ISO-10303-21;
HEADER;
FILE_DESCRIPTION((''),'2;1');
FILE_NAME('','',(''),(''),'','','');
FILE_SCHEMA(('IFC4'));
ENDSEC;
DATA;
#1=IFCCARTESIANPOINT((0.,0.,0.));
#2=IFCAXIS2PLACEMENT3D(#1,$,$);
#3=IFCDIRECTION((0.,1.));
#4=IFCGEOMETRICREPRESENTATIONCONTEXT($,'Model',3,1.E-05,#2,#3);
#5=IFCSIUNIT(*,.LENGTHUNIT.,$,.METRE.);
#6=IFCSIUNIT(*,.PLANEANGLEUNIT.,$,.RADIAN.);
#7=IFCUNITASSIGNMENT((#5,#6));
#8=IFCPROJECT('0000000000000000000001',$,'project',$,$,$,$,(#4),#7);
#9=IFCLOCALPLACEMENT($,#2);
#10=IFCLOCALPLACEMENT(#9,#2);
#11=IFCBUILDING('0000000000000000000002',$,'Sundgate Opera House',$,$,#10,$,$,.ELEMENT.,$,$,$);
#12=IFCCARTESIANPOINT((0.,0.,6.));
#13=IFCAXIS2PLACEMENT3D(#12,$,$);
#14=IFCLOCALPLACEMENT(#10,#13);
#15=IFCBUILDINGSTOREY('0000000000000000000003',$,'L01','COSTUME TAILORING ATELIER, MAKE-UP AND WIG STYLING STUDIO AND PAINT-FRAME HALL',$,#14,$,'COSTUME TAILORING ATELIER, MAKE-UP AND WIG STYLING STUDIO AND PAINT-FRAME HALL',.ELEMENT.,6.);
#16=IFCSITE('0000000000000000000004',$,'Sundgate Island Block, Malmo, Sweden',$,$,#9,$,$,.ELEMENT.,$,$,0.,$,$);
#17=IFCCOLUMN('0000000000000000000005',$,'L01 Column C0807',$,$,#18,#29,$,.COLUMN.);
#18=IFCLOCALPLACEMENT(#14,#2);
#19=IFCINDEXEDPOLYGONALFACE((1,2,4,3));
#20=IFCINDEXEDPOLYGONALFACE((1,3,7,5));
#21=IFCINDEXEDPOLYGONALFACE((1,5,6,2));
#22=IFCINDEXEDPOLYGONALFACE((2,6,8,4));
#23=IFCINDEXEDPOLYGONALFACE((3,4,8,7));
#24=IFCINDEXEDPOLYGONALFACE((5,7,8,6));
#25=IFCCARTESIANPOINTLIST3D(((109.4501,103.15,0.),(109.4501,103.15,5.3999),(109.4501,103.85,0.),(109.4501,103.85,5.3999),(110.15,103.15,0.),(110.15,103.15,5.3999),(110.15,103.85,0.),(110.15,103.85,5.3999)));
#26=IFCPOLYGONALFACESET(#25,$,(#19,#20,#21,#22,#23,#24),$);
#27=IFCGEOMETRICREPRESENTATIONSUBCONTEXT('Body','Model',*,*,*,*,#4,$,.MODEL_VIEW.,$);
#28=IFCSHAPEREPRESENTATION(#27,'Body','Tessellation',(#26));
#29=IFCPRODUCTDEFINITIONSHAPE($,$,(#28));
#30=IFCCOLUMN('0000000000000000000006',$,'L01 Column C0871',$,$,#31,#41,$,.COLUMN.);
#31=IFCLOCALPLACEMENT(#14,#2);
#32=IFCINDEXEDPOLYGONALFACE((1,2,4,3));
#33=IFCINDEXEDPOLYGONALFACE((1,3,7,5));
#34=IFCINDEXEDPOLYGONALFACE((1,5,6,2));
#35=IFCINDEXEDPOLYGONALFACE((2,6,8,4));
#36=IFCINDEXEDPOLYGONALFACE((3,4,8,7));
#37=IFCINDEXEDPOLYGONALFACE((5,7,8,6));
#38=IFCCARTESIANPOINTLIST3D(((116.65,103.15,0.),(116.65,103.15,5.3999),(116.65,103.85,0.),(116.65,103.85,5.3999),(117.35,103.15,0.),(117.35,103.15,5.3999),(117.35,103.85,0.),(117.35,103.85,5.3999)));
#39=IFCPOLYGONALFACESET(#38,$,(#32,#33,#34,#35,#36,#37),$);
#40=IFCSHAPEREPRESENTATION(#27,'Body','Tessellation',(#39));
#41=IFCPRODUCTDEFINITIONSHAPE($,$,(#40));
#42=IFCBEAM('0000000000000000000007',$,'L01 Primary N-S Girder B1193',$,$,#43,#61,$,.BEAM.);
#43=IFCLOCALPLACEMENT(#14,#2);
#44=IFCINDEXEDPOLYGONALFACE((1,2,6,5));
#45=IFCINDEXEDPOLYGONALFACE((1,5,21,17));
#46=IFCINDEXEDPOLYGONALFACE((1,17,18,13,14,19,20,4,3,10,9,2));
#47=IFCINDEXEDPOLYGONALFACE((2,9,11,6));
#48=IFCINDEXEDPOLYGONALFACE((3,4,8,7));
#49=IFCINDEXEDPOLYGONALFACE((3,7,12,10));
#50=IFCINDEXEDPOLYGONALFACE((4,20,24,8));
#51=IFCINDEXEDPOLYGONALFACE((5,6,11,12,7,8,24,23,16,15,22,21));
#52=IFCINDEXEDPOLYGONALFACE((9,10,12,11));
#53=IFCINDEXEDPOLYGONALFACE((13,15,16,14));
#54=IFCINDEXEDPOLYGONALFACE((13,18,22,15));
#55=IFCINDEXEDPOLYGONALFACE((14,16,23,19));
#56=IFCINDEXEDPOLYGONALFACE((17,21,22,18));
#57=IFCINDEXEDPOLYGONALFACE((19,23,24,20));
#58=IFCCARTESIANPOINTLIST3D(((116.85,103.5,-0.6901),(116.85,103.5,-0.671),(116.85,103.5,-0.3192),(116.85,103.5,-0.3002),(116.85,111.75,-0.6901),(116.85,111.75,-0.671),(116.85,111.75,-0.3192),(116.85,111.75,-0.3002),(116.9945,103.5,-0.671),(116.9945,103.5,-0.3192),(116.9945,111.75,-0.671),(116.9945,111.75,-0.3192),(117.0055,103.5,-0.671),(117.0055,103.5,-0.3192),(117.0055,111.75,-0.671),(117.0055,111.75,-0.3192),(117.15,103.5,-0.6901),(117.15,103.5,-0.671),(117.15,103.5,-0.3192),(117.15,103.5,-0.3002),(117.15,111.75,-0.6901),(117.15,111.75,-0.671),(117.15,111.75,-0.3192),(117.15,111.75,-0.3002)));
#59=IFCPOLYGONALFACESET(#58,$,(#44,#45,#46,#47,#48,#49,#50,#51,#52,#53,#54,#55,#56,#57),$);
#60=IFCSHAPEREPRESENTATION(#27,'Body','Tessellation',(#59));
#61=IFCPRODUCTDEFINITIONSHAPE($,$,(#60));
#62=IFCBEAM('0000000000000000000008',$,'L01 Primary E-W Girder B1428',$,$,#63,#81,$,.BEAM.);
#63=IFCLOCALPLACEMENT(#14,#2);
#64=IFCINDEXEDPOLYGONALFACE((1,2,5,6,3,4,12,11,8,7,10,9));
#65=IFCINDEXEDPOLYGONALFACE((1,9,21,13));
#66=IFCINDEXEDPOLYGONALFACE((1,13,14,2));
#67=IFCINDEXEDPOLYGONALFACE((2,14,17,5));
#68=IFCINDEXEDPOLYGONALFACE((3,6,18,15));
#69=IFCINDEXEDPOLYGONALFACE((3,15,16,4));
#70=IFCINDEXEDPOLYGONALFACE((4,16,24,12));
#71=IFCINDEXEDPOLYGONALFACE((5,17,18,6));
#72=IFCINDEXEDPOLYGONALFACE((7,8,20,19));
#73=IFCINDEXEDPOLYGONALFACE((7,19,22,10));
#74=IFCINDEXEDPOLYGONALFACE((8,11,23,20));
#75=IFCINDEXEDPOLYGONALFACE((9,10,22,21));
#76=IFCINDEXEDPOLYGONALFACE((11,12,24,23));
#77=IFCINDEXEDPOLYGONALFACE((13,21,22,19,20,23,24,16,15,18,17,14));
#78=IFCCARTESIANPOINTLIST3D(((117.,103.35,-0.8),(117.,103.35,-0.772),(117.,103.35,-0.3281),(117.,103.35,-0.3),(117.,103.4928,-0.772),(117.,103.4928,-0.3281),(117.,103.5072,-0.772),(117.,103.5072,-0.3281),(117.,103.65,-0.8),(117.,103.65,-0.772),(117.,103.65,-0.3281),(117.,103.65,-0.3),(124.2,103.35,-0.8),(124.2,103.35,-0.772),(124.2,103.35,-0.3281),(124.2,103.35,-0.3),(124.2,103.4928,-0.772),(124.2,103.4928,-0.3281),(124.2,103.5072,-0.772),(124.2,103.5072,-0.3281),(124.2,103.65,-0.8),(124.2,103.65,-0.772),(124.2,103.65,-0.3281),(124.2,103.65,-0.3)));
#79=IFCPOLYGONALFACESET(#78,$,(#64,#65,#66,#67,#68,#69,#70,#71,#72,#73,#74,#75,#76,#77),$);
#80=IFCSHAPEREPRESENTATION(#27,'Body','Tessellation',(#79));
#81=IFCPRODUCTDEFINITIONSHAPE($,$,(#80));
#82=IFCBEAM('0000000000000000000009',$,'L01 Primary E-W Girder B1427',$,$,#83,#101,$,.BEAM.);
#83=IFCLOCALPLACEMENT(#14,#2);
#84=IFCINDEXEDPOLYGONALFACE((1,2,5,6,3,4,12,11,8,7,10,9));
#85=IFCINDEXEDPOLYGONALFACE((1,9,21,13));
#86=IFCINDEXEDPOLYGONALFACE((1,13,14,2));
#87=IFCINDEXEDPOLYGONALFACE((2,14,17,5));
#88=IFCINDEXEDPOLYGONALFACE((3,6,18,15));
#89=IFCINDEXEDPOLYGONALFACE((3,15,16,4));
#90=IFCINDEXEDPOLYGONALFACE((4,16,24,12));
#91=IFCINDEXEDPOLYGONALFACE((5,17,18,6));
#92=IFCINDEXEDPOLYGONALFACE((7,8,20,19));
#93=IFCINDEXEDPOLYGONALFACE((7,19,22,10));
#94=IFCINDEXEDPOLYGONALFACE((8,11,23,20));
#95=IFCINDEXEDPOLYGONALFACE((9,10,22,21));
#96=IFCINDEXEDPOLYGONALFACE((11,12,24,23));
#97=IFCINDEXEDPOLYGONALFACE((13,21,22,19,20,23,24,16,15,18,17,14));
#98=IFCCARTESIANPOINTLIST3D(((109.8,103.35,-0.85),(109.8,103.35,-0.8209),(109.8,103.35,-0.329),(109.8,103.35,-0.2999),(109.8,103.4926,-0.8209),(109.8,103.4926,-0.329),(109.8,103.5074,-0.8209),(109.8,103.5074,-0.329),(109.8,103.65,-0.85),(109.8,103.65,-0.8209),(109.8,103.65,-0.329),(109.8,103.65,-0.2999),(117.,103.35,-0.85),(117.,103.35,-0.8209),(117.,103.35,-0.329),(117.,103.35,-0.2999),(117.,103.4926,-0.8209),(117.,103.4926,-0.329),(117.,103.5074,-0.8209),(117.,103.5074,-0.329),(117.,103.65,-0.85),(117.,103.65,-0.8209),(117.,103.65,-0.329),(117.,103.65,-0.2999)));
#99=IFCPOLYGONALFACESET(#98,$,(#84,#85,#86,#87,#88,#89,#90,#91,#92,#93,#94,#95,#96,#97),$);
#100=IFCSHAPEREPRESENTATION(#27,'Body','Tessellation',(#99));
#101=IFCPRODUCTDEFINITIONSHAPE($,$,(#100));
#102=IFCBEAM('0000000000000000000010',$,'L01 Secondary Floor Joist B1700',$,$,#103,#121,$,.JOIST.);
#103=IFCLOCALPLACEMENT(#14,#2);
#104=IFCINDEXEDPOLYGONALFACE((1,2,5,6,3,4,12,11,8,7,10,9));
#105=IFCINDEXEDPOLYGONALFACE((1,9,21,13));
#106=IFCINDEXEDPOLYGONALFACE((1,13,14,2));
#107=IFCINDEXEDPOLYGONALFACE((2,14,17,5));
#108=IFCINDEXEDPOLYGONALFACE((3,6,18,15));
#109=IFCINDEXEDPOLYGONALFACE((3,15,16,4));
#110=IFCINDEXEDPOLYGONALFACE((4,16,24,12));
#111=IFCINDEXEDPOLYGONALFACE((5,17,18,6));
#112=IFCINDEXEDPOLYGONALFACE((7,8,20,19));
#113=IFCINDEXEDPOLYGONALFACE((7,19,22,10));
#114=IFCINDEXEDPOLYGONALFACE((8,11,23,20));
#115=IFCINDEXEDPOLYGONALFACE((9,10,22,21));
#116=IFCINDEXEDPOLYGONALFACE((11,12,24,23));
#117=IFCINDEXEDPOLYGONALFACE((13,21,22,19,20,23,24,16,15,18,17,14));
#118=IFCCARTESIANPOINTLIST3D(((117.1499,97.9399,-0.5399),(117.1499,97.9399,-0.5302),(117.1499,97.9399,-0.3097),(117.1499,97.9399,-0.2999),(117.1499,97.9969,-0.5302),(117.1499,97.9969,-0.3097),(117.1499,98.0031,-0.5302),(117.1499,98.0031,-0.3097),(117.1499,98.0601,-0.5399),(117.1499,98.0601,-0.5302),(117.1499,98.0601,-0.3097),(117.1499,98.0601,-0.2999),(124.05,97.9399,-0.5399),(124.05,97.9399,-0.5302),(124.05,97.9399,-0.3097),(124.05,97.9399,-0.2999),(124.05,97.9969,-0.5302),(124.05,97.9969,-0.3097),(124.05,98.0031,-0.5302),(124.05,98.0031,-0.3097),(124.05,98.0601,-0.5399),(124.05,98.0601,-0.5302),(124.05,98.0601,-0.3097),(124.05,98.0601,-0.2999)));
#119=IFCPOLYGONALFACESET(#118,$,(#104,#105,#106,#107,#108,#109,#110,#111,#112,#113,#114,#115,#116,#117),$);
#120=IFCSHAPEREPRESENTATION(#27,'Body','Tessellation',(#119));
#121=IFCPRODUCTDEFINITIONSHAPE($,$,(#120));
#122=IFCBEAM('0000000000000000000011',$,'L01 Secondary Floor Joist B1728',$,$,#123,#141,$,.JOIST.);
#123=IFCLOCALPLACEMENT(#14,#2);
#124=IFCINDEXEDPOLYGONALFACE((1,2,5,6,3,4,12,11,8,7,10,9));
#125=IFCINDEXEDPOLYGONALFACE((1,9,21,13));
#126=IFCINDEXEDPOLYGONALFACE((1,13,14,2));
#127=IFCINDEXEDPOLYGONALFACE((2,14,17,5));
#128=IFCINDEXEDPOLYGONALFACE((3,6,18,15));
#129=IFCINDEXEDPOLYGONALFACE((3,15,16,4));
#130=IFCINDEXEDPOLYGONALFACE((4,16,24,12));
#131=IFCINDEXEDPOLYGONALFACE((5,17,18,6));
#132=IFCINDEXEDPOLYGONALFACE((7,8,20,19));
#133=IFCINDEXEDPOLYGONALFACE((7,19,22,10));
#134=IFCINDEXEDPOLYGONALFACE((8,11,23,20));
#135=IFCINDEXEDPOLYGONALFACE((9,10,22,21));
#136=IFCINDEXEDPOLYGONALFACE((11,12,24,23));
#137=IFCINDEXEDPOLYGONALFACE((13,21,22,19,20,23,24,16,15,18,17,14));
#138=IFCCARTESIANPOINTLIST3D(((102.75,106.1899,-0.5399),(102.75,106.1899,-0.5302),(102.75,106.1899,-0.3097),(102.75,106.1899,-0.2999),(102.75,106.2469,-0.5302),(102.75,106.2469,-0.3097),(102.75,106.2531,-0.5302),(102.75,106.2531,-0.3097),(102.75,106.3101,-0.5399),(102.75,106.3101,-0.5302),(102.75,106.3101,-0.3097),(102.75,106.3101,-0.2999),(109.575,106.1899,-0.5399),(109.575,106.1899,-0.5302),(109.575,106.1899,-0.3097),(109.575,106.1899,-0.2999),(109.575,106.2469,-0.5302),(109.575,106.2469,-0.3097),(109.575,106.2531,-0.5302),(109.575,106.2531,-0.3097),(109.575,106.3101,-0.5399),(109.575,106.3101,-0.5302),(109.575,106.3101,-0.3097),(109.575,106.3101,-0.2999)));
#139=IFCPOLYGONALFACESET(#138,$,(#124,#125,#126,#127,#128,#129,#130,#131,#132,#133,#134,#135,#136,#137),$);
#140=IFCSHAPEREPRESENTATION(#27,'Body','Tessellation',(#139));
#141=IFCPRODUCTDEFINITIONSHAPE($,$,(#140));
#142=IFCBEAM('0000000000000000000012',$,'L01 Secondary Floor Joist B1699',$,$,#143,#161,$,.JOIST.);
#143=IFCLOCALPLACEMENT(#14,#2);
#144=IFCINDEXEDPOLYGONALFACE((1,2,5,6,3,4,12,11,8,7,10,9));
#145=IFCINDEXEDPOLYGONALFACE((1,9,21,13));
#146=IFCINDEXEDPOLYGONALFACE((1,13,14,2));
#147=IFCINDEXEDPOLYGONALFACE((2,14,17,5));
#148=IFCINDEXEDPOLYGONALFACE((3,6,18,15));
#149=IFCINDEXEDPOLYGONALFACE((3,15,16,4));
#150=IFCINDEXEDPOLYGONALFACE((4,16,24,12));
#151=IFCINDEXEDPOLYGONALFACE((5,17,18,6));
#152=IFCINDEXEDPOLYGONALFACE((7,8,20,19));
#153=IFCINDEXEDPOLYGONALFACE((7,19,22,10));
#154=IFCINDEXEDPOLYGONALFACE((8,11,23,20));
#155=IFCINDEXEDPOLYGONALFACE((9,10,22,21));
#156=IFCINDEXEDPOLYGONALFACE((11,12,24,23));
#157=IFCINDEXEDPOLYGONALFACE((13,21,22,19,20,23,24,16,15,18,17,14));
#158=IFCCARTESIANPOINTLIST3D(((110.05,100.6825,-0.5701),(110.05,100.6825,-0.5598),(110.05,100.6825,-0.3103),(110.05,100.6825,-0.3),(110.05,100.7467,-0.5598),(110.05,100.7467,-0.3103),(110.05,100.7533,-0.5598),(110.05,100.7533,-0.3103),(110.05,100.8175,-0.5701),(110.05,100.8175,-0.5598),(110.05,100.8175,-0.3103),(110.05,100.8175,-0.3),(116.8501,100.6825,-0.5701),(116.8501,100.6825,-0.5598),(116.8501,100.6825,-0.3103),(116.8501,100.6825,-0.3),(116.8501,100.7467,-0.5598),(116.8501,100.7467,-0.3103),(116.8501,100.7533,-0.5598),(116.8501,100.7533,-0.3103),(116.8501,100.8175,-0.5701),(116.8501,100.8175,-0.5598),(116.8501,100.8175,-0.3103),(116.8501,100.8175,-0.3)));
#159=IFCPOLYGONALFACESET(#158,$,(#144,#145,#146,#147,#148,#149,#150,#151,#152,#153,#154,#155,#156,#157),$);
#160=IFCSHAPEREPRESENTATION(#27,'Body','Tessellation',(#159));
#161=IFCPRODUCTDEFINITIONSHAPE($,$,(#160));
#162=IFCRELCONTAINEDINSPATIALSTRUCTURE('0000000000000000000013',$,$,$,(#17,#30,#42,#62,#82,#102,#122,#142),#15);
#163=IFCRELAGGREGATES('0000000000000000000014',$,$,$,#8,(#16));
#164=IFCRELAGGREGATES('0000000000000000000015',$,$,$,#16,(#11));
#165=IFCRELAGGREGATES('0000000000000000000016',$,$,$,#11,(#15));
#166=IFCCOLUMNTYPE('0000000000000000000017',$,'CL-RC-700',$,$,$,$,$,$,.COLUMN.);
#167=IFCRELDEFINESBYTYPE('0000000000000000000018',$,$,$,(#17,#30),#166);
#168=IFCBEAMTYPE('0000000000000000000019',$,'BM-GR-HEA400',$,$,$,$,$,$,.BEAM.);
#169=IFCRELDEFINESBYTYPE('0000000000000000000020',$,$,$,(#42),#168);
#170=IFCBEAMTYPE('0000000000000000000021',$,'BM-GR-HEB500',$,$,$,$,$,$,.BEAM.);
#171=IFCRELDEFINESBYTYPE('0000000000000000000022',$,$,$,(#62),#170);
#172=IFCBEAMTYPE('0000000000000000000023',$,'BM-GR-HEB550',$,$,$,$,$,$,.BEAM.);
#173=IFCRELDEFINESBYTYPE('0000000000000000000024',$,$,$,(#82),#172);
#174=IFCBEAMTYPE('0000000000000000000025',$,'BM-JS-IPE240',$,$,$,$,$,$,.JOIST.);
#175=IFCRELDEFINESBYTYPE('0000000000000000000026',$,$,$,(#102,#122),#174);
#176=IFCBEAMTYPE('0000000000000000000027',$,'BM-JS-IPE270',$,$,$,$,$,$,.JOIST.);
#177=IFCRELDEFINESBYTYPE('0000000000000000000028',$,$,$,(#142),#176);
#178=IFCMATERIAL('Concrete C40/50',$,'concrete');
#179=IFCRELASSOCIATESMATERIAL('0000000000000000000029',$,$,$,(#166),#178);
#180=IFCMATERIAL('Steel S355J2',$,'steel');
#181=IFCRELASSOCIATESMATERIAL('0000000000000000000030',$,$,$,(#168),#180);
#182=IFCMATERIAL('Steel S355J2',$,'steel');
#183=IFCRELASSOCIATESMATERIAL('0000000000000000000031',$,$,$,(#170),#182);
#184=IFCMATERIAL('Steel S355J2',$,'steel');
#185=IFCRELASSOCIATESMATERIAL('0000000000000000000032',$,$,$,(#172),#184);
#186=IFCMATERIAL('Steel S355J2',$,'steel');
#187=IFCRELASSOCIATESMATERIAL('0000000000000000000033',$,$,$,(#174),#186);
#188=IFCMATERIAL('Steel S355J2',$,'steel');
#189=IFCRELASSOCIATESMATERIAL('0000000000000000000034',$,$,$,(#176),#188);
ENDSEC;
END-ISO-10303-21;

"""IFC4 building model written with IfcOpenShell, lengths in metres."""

from ifc_helpers import new_model, si_unit, direction, frame, origin, origin_2d, place, context, subcontext, project, spatial, rectangle, i_section, extrude, material, material_profile, profile_set, type_object, element, save


model = new_model("IFC4")

# Units and contexts
model_context = context("Model", 3, precision=1e-05, world=origin(), true_north=direction((0.0, 1.0)))
body_context = subcontext(model_context, "Body", "Model", "MODEL_VIEW")
ifc_project = project(units=[si_unit("LENGTHUNIT", "METRE"), si_unit("PLANEANGLEUNIT", "RADIAN")], contexts=[model_context])

# Site, building, storey
site_placement = place(None, origin())
site = spatial("IfcSite", under=ifc_project, at=site_placement, Name="Sundgate Island Block, Malmo, Sweden", CompositionType="ELEMENT", RefElevation=0.0)
building_placement = place(site_placement, origin())
building = spatial("IfcBuilding", under=site, at=building_placement, Name="Sundgate Opera House", CompositionType="ELEMENT")
storey_placement = place(building_placement, frame((0.0, 0.0, 6.0)))
storey = spatial("IfcBuildingStorey", under=building, at=storey_placement, Name="L01", Description="COSTUME TAILORING ATELIER, MAKE-UP AND WIG STYLING STUDIO AND PAINT-FRAME HALL", LongName="COSTUME TAILORING ATELIER, MAKE-UP AND WIG STYLING STUDIO AND PAINT-FRAME HALL", CompositionType="ELEMENT", Elevation=6.0)

# Columns
ifc_material_1 = material(Name="Concrete C40/50", Category="concrete")
ifc_material_profile_1 = material_profile(ifc_material_1, rectangle(XDim=0.7, YDim=0.7, at=origin_2d()), Name="RC 700x700")
ifc_profile_set_1 = profile_set([ifc_material_profile_1], Name="Concrete C40/50")
column_type = type_object("IfcColumnType", Name="CL-RC-700", PredefinedType="COLUMN", material=ifc_profile_set_1)
for number, where, z_axis, x_axis, name in (
    (1, (109.8, 103.5, 0.0), (0.0, 0.0, 1.0), (1.0, 0.0, 0.0), "L01 Column C0807"),
    (2, (117.0, 103.5, 0.0), (0.0, 0.0, 1.0), (1.0, 0.0, 0.0), "L01 Column C0871"),
):
    element("IfcColumn", number, at=place(storey_placement, frame(where, z_axis=z_axis, x_axis=x_axis)), inside=storey, type_object=column_type, Name=name, PredefinedType="COLUMN", context=body_context, shape_type="SweptSolid", body=[
        extrude(rectangle(XDim=0.7, YDim=0.7, at=origin_2d()), origin(), (0.0, 0.0, 1.0), 5.3999),
    ])

# Beams
ifc_material_2 = material(Name="Steel S355J2", Category="steel")
ifc_material_profile_2 = material_profile(ifc_material_2, i_section(OverallWidth=0.3, OverallDepth=0.3899, WebThickness=0.011, FlangeThickness=0.019, at=origin_2d()), Name="HEA 400")
ifc_profile_set_2 = profile_set([ifc_material_profile_2], Name="Steel S355J2")
beam_type_1 = type_object("IfcBeamType", Name="BM-GR-HEA400", PredefinedType="BEAM", material=ifc_profile_set_2)
beam_1_placement = place(storey_placement, frame((117.0, 103.5, -0.4951), z_axis=(0.0, 1.0, 0.0), x_axis=(-1.0, 0.0, 0.0)))
element("IfcBeam", 3, at=beam_1_placement, inside=storey, type_object=beam_type_1, Name="L01 Primary N-S Girder B1193", PredefinedType="BEAM", context=body_context, shape_type="SweptSolid", body=[
    extrude(i_section(OverallWidth=0.3, OverallDepth=0.3899, WebThickness=0.011, FlangeThickness=0.019, at=origin_2d()), origin(), (0.0, 0.0, 1.0), 8.25),
])
ifc_material_3 = material(Name="Steel S355J2", Category="steel")
ifc_material_profile_3 = material_profile(ifc_material_3, i_section(OverallWidth=0.3, OverallDepth=0.5, WebThickness=0.0144, FlangeThickness=0.0281, at=origin_2d()), Name="HEB 500")
ifc_profile_set_3 = profile_set([ifc_material_profile_3], Name="Steel S355J2")
beam_type_2 = type_object("IfcBeamType", Name="BM-GR-HEB500", PredefinedType="BEAM", material=ifc_profile_set_3)
beam_2_placement = place(storey_placement, frame((117.0, 103.5, -0.55), z_axis=(1.0, 0.0, 0.0), x_axis=(0.0, 1.0, 0.0)))
element("IfcBeam", 4, at=beam_2_placement, inside=storey, type_object=beam_type_2, Name="L01 Primary E-W Girder B1428", PredefinedType="BEAM", context=body_context, shape_type="SweptSolid", body=[
    extrude(i_section(OverallWidth=0.3, OverallDepth=0.5, WebThickness=0.0144, FlangeThickness=0.0281, at=origin_2d()), origin(), (0.0, 0.0, 1.0), 7.2),
])
ifc_material_4 = material(Name="Steel S355J2", Category="steel")
ifc_material_profile_4 = material_profile(ifc_material_4, i_section(OverallWidth=0.3, OverallDepth=0.55, WebThickness=0.0149, FlangeThickness=0.0291, at=origin_2d()), Name="HEB 550")
ifc_profile_set_4 = profile_set([ifc_material_profile_4], Name="Steel S355J2")
beam_type_3 = type_object("IfcBeamType", Name="BM-GR-HEB550", PredefinedType="BEAM", material=ifc_profile_set_4)
beam_3_placement = place(storey_placement, frame((109.8, 103.5, -0.575), z_axis=(1.0, 0.0, 0.0), x_axis=(0.0, 1.0, 0.0)))
element("IfcBeam", 5, at=beam_3_placement, inside=storey, type_object=beam_type_3, Name="L01 Primary E-W Girder B1427", PredefinedType="BEAM", context=body_context, shape_type="SweptSolid", body=[
    extrude(i_section(OverallWidth=0.3, OverallDepth=0.55, WebThickness=0.0149, FlangeThickness=0.0291, at=origin_2d()), origin(), (0.0, 0.0, 1.0), 7.2),
])
ifc_material_5 = material(Name="Steel S355J2", Category="steel")
ifc_material_profile_5 = material_profile(ifc_material_5, i_section(OverallWidth=0.1201, OverallDepth=0.24, WebThickness=0.0061, FlangeThickness=0.0098, at=origin_2d()), Name="IPE 240")
ifc_profile_set_5 = profile_set([ifc_material_profile_5], Name="Steel S355J2")
beam_type_4 = type_object("IfcBeamType", Name="BM-JS-IPE240", PredefinedType="JOIST", material=ifc_profile_set_5)
beam_4_placement = place(storey_placement, frame((117.1499, 98.0, -0.4199), z_axis=(1.0, 0.0, 0.0), x_axis=(0.0, 1.0, 0.0)))
element("IfcBeam", 6, at=beam_4_placement, inside=storey, type_object=beam_type_4, Name="L01 Secondary Floor Joist B1700", PredefinedType="JOIST", context=body_context, shape_type="SweptSolid", body=[
    extrude(i_section(OverallWidth=0.1201, OverallDepth=0.24, WebThickness=0.0061, FlangeThickness=0.0098, at=origin_2d()), origin(), (0.0, 0.0, 1.0), 6.9001),
])
beam_5_placement = place(storey_placement, frame((102.75, 106.25, -0.4199), z_axis=(1.0, 0.0, 0.0), x_axis=(0.0, 1.0, 0.0)))
element("IfcBeam", 7, at=beam_5_placement, inside=storey, type_object=beam_type_4, Name="L01 Secondary Floor Joist B1728", PredefinedType="JOIST", context=body_context, shape_type="SweptSolid", body=[
    extrude(i_section(OverallWidth=0.1201, OverallDepth=0.24, WebThickness=0.0061, FlangeThickness=0.0098, at=origin_2d()), origin(), (0.0, 0.0, 1.0), 6.825),
])
ifc_material_6 = material(Name="Steel S355J2", Category="steel")
ifc_material_profile_6 = material_profile(ifc_material_6, i_section(OverallWidth=0.135, OverallDepth=0.27, WebThickness=0.0066, FlangeThickness=0.0103, at=origin_2d()), Name="IPE 270")
ifc_profile_set_6 = profile_set([ifc_material_profile_6], Name="Steel S355J2")
beam_type_5 = type_object("IfcBeamType", Name="BM-JS-IPE270", PredefinedType="JOIST", material=ifc_profile_set_6)
beam_6_placement = place(storey_placement, frame((110.05, 100.75, -0.4351), z_axis=(1.0, 0.0, 0.0), x_axis=(0.0, 1.0, 0.0)))
element("IfcBeam", 8, at=beam_6_placement, inside=storey, type_object=beam_type_5, Name="L01 Secondary Floor Joist B1699", PredefinedType="JOIST", context=body_context, shape_type="SweptSolid", body=[
    extrude(i_section(OverallWidth=0.135, OverallDepth=0.27, WebThickness=0.0066, FlangeThickness=0.0103, at=origin_2d()), origin(), (0.0, 0.0, 1.0), 6.8),
])

save(model, "model.ifc")
